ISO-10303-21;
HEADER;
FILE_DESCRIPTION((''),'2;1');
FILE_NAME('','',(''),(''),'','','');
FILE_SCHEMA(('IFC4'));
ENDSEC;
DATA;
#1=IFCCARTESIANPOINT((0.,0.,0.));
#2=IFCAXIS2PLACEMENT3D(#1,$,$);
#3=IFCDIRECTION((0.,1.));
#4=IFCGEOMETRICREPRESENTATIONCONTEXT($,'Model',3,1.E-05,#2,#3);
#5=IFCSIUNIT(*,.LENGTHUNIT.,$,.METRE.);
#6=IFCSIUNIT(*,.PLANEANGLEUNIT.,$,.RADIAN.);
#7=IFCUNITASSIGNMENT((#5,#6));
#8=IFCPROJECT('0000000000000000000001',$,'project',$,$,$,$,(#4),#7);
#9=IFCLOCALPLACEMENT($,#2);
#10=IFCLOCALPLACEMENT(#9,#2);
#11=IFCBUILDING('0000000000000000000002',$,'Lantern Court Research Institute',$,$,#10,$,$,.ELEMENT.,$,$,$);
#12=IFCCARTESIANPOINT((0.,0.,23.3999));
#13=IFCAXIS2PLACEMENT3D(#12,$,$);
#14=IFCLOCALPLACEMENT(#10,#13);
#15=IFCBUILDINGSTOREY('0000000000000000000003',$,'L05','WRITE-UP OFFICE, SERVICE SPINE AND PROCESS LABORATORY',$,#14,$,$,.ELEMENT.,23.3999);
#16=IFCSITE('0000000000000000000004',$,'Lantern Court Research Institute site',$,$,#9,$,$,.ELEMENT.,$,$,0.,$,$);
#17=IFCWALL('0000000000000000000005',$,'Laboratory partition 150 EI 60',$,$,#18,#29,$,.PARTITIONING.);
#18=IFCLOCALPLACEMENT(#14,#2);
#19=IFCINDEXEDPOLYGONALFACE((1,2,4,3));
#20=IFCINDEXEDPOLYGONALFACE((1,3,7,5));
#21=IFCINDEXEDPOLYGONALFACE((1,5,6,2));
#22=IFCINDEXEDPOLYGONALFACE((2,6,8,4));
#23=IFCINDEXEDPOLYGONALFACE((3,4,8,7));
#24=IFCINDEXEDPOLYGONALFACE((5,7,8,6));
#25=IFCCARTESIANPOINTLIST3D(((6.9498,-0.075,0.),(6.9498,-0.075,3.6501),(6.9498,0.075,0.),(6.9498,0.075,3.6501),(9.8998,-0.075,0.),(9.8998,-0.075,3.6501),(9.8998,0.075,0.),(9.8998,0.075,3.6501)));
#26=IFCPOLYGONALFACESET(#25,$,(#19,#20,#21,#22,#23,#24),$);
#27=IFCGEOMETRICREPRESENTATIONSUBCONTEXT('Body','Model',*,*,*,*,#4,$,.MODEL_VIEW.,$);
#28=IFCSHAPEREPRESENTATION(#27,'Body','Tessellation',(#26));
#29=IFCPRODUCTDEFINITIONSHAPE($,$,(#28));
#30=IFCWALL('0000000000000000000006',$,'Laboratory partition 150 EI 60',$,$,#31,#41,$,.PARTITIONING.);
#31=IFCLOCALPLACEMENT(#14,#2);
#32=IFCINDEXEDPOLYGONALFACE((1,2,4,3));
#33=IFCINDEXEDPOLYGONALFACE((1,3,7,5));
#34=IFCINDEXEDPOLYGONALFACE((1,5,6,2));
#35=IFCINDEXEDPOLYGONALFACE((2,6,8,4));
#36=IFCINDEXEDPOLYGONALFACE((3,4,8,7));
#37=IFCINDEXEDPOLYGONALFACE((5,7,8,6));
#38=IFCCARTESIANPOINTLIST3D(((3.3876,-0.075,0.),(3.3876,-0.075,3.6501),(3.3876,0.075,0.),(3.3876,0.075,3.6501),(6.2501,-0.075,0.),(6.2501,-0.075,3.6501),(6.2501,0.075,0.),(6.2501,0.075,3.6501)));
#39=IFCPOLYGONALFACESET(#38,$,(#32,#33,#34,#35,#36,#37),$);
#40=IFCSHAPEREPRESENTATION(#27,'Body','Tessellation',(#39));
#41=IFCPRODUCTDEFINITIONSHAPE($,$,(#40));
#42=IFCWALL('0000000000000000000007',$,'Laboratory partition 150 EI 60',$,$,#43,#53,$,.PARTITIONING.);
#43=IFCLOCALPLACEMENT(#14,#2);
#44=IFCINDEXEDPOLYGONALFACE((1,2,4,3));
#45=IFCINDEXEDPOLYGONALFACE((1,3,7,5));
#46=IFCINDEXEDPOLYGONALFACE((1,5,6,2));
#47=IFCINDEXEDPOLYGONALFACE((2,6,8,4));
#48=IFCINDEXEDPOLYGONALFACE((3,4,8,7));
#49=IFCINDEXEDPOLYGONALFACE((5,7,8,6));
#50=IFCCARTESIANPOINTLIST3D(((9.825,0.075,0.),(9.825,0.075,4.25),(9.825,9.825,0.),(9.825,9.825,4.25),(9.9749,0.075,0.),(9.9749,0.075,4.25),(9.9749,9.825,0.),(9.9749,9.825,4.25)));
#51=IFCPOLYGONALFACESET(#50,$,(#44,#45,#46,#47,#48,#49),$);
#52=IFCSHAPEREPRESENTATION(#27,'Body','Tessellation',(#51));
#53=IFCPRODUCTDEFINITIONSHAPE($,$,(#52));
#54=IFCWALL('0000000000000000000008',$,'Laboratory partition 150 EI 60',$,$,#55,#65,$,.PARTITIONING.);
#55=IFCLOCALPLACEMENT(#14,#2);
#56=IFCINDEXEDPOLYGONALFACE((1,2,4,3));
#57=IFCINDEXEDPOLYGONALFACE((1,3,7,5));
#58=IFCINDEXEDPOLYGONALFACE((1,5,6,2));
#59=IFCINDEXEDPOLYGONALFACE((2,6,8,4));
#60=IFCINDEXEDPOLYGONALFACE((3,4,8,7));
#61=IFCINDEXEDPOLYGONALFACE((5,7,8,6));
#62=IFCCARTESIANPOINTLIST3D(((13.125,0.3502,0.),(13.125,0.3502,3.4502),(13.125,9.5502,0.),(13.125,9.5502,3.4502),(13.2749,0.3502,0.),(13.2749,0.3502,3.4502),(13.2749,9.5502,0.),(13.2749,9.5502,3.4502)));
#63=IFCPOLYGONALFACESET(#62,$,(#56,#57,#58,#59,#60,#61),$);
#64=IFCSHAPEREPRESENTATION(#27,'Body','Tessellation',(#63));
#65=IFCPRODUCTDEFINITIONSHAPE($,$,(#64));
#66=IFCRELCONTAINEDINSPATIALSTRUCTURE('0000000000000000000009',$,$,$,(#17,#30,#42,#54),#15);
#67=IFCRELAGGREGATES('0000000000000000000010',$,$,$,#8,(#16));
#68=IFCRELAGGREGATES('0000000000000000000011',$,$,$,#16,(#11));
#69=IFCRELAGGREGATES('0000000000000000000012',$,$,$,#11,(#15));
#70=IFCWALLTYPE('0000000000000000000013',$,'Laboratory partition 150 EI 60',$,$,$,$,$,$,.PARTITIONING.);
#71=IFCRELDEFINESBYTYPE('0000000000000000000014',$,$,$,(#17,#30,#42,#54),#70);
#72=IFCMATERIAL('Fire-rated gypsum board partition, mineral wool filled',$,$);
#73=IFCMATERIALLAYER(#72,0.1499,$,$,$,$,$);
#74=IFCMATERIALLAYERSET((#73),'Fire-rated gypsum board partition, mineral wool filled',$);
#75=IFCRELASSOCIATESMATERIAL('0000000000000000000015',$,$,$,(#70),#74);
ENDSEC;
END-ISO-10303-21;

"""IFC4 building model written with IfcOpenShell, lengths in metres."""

from ifc_helpers import new_model, si_unit, direction, frame, frame_2d, origin, place, context, subcontext, project, spatial, rectangle, extrude, material, layer, layer_set, type_object, element, save


model = new_model("IFC4")

# Units and contexts
model_context = context("Model", 3, precision=1e-05, world=origin(), true_north=direction((0.0, 1.0)))
body_context = subcontext(model_context, "Body", "Model", "MODEL_VIEW")
ifc_project = project(units=[si_unit("LENGTHUNIT", "METRE"), si_unit("PLANEANGLEUNIT", "RADIAN")], contexts=[model_context])

# Site, building, storey
site_placement = place(None, origin())
site = spatial("IfcSite", under=ifc_project, at=site_placement, Name="Lantern Court Research Institute site", CompositionType="ELEMENT", RefElevation=0.0)
building_placement = place(site_placement, origin())
building = spatial("IfcBuilding", under=site, at=building_placement, Name="Lantern Court Research Institute", CompositionType="ELEMENT")
storey_placement = place(building_placement, frame((0.0, 0.0, 23.3999)))
storey = spatial("IfcBuildingStorey", under=building, at=storey_placement, Name="L05", Description="WRITE-UP OFFICE, SERVICE SPINE AND PROCESS LABORATORY", CompositionType="ELEMENT", Elevation=23.3999)

# Walls
ifc_material_1 = material(Name="Fire-rated gypsum board partition, mineral wool filled")
ifc_layer_1 = layer(ifc_material_1, 0.1499)
ifc_layer_set_1 = layer_set([ifc_layer_1], Name="Fire-rated gypsum board partition, mineral wool filled")
wall_type_1 = type_object("IfcWallType", Name="Laboratory partition 150 EI 60", PredefinedType="PARTITIONING", material=ifc_layer_set_1)
wall_1_placement = place(storey_placement, frame((9.8999, 0.0, 0.0), z_axis=(0.0, 0.0, 1.0), x_axis=(-1.0, 0.0, 0.0)))
element("IfcWall", 1, at=wall_1_placement, inside=storey, type_object=wall_type_1, Name="Laboratory partition 150 EI 60", PredefinedType="PARTITIONING", context=body_context, shape_type="SweptSolid", body=[
    extrude(rectangle(XDim=2.95, YDim=0.1499, at=frame_2d((1.4751, 0.0))), origin(), (0.0, 0.0, 1.0), 3.6501),
])
wall_2_placement = place(storey_placement, frame((6.25, 0.0, 0.0), z_axis=(0.0, 0.0, 1.0), x_axis=(-1.0, 0.0, 0.0)))
element("IfcWall", 2, at=wall_2_placement, inside=storey, type_object=wall_type_1, Name="Laboratory partition 150 EI 60", PredefinedType="PARTITIONING", context=body_context, shape_type="SweptSolid", body=[
    extrude(rectangle(XDim=2.8625, YDim=0.1499, at=frame_2d((1.4312, 0.0))), origin(), (0.0, 0.0, 1.0), 3.6501),
])
wall_3_placement = place(storey_placement, frame((9.8999, 0.075, 0.0), z_axis=(0.0, 0.0, 1.0), x_axis=(0.0, 1.0, 0.0)))
element("IfcWall", 3, at=wall_3_placement, inside=storey, type_object=wall_type_1, Name="Laboratory partition 150 EI 60", PredefinedType="PARTITIONING", context=body_context, shape_type="SweptSolid", body=[
    extrude(rectangle(XDim=9.75, YDim=0.1499, at=frame_2d((4.875, 0.0))), origin(), (0.0, 0.0, 1.0), 4.25),
])
wall_4_placement = place(storey_placement, frame((13.2, 0.3501, 0.0), z_axis=(0.0, 0.0, 1.0), x_axis=(0.0, 1.0, 0.0)))
element("IfcWall", 4, at=wall_4_placement, inside=storey, type_object=wall_type_1, Name="Laboratory partition 150 EI 60", PredefinedType="PARTITIONING", context=body_context, shape_type="SweptSolid", body=[
    extrude(rectangle(XDim=9.2, YDim=0.1499, at=frame_2d((4.6001, 0.0))), origin(), (0.0, 0.0, 1.0), 3.4502),
])

save(model, "model.ifc")
